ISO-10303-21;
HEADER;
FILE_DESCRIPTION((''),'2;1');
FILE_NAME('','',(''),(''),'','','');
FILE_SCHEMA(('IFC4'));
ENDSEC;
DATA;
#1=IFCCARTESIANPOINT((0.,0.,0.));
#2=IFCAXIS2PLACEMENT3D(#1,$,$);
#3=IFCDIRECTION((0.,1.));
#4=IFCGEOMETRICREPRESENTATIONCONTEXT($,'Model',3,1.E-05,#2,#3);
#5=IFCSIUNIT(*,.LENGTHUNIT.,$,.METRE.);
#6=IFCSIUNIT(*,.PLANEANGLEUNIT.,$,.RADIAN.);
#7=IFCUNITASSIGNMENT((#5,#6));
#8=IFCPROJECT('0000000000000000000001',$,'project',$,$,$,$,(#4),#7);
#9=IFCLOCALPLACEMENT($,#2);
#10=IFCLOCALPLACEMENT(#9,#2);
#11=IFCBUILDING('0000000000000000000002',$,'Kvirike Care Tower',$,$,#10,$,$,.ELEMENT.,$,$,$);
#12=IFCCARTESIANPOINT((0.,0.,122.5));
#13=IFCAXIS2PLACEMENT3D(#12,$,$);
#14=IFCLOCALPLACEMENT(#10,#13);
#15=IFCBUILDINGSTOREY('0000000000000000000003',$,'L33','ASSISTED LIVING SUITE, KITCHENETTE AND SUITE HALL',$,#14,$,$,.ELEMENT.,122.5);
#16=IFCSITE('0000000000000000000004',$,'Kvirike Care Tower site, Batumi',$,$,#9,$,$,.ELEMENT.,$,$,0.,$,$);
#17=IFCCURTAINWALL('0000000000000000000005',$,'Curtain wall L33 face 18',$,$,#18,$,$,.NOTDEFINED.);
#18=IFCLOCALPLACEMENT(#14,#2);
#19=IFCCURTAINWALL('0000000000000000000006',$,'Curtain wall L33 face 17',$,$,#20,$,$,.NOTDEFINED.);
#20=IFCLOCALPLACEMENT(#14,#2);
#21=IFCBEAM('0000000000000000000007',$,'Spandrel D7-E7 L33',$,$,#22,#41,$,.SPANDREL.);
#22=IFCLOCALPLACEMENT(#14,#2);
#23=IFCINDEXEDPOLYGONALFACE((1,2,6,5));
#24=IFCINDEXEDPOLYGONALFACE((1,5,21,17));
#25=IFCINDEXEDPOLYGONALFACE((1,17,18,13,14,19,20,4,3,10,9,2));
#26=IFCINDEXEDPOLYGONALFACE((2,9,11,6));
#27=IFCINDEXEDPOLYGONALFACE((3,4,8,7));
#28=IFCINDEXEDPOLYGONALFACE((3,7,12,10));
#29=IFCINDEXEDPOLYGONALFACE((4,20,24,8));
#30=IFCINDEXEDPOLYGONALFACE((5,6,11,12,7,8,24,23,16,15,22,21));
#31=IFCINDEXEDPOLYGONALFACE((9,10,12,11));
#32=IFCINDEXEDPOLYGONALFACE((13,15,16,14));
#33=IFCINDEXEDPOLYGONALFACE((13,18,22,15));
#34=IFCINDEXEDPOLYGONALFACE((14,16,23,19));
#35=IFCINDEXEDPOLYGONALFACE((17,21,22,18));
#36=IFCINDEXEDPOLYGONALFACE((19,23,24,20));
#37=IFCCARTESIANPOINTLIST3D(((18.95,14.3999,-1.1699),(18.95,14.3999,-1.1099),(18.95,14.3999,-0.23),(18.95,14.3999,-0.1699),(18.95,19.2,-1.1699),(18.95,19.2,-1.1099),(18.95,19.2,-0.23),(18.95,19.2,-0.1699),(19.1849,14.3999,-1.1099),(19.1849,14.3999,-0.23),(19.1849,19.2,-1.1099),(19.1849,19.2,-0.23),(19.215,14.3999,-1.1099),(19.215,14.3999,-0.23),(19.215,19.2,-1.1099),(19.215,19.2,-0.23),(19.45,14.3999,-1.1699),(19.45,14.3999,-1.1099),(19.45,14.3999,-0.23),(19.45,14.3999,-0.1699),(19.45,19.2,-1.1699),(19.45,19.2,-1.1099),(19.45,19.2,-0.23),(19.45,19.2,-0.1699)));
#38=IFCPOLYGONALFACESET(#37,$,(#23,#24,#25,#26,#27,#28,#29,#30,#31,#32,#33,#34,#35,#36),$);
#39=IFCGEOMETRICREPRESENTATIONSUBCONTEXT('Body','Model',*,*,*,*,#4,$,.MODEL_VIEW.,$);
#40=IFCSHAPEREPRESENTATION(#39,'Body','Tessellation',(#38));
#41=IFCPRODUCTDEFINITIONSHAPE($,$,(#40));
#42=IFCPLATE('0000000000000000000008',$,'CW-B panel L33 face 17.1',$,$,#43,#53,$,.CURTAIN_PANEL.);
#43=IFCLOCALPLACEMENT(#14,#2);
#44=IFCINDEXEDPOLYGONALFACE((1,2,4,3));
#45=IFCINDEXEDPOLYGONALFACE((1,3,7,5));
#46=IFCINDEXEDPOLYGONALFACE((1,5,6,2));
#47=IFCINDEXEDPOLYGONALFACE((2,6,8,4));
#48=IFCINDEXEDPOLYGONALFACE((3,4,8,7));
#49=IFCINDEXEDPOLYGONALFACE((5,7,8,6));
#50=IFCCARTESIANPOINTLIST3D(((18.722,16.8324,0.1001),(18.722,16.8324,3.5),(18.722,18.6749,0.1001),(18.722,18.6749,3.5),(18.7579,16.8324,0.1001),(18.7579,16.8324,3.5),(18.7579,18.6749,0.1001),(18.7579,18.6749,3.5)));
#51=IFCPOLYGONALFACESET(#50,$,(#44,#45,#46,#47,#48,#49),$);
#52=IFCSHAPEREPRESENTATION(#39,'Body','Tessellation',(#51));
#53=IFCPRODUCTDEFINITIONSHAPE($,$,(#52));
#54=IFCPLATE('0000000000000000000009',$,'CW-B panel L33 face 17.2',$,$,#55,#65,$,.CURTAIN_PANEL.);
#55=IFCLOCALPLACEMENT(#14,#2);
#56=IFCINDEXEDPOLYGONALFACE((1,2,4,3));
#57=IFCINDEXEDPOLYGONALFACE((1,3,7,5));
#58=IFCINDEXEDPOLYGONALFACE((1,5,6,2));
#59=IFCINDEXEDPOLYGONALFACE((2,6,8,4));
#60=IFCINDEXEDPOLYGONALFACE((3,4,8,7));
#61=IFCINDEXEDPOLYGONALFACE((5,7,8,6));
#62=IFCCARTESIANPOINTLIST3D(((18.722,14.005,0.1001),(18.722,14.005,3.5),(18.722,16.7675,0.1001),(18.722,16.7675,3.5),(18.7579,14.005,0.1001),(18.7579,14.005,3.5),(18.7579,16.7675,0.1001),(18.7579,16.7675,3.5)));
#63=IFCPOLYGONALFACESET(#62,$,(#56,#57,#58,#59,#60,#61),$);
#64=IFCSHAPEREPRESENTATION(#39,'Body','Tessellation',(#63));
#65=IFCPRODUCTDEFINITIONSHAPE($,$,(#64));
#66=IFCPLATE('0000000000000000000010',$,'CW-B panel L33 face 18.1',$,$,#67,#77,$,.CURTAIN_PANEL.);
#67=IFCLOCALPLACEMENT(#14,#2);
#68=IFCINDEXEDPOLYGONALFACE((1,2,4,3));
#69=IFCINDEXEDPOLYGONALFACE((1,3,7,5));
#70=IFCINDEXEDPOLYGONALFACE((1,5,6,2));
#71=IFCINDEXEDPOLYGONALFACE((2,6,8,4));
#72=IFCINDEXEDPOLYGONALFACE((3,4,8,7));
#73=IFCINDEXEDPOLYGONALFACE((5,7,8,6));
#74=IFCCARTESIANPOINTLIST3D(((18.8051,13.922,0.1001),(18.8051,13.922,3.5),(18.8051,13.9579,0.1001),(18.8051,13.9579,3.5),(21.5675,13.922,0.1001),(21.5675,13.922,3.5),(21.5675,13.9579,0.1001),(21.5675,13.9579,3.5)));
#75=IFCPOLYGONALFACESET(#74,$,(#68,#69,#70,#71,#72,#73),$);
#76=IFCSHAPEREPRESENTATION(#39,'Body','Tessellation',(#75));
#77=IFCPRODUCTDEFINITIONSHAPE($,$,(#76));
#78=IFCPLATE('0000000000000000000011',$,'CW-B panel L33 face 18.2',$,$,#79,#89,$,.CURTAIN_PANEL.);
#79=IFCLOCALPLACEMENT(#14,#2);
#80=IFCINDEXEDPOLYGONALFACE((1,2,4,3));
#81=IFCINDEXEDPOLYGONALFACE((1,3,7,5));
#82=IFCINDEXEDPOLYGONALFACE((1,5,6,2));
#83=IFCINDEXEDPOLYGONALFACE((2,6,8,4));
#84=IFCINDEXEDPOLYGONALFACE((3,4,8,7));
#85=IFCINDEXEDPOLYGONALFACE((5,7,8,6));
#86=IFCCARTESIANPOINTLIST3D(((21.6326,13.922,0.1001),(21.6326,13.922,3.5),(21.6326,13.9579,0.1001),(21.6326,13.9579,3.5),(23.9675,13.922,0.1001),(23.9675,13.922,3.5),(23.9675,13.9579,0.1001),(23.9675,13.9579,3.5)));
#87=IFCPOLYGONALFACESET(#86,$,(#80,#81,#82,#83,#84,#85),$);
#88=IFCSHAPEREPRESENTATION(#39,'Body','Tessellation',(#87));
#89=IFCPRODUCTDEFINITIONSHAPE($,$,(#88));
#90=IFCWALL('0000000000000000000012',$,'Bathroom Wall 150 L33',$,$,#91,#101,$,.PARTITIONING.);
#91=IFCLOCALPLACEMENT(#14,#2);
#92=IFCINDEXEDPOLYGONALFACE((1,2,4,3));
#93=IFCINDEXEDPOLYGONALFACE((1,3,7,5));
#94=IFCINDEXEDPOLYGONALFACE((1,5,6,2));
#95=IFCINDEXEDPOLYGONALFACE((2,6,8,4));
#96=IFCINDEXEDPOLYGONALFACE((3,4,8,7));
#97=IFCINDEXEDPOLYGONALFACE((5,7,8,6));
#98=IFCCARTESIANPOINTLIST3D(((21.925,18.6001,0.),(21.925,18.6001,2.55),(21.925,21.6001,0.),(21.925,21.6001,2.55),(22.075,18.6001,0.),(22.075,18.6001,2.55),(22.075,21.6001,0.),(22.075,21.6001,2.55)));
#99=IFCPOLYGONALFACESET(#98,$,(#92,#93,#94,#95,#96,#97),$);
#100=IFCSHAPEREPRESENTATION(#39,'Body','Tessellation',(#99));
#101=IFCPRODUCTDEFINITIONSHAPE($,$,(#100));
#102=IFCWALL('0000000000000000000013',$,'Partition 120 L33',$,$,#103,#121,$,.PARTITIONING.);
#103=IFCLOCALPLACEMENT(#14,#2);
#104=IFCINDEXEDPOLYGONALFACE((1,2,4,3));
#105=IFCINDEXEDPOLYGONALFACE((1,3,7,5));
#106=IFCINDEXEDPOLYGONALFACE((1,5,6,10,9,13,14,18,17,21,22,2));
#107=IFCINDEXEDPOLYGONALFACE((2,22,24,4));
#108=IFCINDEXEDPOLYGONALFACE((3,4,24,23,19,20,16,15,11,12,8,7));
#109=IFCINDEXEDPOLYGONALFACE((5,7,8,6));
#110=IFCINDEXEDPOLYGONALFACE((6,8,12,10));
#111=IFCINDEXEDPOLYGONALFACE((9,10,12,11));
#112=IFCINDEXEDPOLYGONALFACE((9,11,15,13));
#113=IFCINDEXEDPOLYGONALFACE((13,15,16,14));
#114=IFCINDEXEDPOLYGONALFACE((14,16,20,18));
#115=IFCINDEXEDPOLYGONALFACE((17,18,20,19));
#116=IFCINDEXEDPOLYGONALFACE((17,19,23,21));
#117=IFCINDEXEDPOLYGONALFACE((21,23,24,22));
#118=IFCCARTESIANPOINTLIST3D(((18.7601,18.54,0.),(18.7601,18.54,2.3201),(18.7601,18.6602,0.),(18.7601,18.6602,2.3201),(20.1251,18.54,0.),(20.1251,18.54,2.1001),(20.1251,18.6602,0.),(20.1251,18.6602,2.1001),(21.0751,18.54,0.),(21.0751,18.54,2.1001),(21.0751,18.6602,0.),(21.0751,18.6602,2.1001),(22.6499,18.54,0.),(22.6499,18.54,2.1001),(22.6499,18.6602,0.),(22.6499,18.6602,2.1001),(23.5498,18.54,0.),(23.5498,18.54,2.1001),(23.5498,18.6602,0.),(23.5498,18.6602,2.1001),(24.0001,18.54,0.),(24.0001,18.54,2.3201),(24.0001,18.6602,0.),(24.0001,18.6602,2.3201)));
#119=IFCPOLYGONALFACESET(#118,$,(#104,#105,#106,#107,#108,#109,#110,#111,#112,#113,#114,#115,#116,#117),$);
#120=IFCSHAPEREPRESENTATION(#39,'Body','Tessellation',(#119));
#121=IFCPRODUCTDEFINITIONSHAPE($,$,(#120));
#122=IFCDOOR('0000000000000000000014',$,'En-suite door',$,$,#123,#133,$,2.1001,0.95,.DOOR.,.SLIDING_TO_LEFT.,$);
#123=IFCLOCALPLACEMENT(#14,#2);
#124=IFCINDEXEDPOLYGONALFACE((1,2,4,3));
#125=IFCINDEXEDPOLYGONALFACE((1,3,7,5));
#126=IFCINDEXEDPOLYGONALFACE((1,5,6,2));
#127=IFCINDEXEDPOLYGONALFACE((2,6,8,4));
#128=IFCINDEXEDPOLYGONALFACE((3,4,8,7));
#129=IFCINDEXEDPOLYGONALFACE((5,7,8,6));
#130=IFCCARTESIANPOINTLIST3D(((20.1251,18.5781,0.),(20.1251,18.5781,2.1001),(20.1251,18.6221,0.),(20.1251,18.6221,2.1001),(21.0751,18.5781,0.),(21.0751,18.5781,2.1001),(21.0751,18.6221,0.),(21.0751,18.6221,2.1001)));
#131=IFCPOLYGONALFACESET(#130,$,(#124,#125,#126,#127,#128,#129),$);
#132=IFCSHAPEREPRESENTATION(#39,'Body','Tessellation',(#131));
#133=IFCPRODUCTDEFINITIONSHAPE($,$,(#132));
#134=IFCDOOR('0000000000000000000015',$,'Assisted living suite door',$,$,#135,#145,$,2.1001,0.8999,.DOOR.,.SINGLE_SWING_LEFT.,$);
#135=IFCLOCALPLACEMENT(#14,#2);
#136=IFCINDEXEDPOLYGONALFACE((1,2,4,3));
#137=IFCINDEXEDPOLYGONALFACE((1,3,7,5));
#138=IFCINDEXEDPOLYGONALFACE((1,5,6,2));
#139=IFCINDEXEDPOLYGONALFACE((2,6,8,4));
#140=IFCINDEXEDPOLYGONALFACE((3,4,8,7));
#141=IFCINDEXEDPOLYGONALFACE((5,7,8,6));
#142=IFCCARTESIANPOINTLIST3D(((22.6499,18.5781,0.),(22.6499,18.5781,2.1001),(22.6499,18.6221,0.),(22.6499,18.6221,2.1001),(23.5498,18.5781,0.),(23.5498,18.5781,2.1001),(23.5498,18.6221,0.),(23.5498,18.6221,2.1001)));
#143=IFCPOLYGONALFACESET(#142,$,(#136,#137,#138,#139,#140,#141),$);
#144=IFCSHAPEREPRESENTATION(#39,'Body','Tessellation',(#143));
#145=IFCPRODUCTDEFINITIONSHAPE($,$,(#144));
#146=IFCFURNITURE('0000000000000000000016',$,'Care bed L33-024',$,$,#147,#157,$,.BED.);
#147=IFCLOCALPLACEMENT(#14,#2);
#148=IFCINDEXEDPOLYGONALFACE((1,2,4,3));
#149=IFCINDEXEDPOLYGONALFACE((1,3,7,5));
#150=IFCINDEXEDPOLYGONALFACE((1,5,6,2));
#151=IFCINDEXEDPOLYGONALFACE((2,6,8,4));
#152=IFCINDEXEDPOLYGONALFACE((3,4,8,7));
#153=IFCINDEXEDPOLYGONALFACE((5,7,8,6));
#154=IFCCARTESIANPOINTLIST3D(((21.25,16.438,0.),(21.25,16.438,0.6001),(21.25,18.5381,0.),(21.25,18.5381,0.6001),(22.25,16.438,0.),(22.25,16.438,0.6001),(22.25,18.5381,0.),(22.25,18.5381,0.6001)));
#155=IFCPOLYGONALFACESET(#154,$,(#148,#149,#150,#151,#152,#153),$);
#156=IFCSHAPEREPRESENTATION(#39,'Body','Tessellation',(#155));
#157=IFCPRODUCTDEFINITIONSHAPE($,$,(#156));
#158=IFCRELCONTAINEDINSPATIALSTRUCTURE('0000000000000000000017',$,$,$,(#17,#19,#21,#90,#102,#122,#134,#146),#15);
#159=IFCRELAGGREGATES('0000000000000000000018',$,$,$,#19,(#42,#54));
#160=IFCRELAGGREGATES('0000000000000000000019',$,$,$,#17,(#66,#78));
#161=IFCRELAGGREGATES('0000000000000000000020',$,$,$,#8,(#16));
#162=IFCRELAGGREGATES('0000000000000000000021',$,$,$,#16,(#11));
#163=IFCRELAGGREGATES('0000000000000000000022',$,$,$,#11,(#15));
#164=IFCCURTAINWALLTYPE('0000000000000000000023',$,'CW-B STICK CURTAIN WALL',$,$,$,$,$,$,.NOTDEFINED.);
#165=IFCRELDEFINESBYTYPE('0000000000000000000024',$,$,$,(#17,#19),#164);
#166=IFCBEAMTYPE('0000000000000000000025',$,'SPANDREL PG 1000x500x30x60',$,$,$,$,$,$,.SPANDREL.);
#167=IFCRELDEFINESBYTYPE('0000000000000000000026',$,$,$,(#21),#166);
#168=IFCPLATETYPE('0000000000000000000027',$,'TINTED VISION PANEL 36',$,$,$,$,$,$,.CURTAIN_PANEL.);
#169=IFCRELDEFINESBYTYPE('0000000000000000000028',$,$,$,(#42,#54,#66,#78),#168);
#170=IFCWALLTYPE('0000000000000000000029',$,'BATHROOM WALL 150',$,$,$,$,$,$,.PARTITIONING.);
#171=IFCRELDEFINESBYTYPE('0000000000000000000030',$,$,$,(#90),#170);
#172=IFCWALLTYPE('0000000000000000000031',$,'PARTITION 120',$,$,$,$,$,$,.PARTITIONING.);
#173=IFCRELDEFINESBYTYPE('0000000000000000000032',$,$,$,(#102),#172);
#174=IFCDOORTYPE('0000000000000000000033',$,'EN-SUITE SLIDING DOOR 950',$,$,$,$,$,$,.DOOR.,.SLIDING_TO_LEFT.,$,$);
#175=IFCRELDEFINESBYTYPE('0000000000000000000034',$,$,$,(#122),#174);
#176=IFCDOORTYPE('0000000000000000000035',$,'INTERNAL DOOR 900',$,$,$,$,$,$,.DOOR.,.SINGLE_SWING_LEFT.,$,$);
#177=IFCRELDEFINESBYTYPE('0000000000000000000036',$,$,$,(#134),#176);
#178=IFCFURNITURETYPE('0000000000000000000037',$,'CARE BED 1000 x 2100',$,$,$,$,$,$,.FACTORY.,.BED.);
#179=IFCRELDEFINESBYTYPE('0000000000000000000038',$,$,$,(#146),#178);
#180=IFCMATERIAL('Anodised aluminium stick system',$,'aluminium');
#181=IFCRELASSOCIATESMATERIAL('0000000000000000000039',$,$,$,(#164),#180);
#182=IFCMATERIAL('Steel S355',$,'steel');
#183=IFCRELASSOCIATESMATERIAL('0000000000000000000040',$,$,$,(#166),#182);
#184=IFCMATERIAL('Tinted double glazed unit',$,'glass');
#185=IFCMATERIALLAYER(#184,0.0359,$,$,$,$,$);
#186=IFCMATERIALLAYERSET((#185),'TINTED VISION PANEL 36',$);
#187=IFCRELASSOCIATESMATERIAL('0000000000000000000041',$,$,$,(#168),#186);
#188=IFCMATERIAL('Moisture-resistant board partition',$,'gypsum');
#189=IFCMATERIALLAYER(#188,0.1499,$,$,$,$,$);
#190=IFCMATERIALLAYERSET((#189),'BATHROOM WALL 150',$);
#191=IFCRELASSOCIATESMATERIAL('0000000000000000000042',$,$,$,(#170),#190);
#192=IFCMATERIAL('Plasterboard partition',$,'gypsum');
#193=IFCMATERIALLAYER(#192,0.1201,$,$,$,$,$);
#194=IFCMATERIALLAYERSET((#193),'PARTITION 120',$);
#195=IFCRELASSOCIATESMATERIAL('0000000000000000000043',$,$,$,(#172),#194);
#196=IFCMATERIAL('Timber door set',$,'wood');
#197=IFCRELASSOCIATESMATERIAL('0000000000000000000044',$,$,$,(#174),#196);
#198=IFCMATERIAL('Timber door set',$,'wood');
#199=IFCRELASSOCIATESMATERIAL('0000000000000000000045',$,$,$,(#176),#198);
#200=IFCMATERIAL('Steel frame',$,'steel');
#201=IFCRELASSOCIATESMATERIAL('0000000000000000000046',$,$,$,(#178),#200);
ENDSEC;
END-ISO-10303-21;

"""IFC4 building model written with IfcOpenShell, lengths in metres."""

from ifc_helpers import new_model, si_unit, direction, frame, frame_2d, origin, origin_2d, place, context, subcontext, project, spatial, rectangle, i_section, extrude, material, layer, layer_set, material_profile, profile_set, type_object, element, fill, aggregate, save


model = new_model("IFC4")

# Units and contexts
model_context = context("Model", 3, precision=1e-05, world=origin(), true_north=direction((0.0, 1.0)))
body_context = subcontext(model_context, "Body", "Model", "MODEL_VIEW")
ifc_project = project(units=[si_unit("LENGTHUNIT", "METRE"), si_unit("PLANEANGLEUNIT", "RADIAN")], contexts=[model_context])

# Site, building, storey
site_placement = place(None, origin())
site = spatial("IfcSite", under=ifc_project, at=site_placement, Name="Kvirike Care Tower site, Batumi", CompositionType="ELEMENT", RefElevation=0.0)
building_placement = place(site_placement, origin())
building = spatial("IfcBuilding", under=site, at=building_placement, Name="Kvirike Care Tower", CompositionType="ELEMENT")
storey_placement = place(building_placement, frame((0.0, 0.0, 122.5)))
storey = spatial("IfcBuildingStorey", under=building, at=storey_placement, Name="L33", Description="ASSISTED LIVING SUITE, KITCHENETTE AND SUITE HALL", CompositionType="ELEMENT", Elevation=122.5)

# Curtain wall
ifc_material_1 = material(Name="Anodised aluminium stick system", Category="aluminium")
curtain_wall_type = type_object("IfcCurtainWallType", Name="CW-B STICK CURTAIN WALL", PredefinedType="NOTDEFINED", material=ifc_material_1)
curtain_wall_1_placement = place(storey_placement, origin())
curtain_wall_1 = element("IfcCurtainWall", 1, at=curtain_wall_1_placement, inside=storey, type_object=curtain_wall_type, Name="Curtain wall L33 face 18", PredefinedType="NOTDEFINED")

# Curtain wall
curtain_wall_2_placement = place(storey_placement, origin())
curtain_wall_2 = element("IfcCurtainWall", 2, at=curtain_wall_2_placement, inside=storey, type_object=curtain_wall_type, Name="Curtain wall L33 face 17", PredefinedType="NOTDEFINED")

# Beam
ifc_material_2 = material(Name="Steel S355", Category="steel")
ifc_material_profile_1 = material_profile(ifc_material_2, i_section(OverallWidth=0.5, OverallDepth=1.0, WebThickness=0.03, FlangeThickness=0.0601, at=origin_2d()), Name="PG 1000x500x30x60")
ifc_profile_set_1 = profile_set([ifc_material_profile_1], Name="Steel S355")
beam_type = type_object("IfcBeamType", Name="SPANDREL PG 1000x500x30x60", PredefinedType="SPANDREL", material=ifc_profile_set_1)
for number, where, z_axis, x_axis, name in (
    (3, (19.2, 14.3999, -0.6699), (0.0, 1.0, 0.0), (-1.0, 0.0, 0.0), "Spandrel D7-E7 L33"),
):
    element("IfcBeam", number, at=place(storey_placement, frame(where, z_axis=z_axis, x_axis=x_axis)), inside=storey, type_object=beam_type, Name=name, PredefinedType="SPANDREL", context=body_context, shape_type="SweptSolid", body=[
        extrude(i_section(OverallWidth=0.5, OverallDepth=1.0, WebThickness=0.03, FlangeThickness=0.0601, at=origin_2d()), origin(), (0.0, 0.0, 1.0), 4.8),
    ])

# Plates
ifc_material_3 = material(Name="Tinted double glazed unit", Category="glass")
ifc_layer_1 = layer(ifc_material_3, 0.0359)
ifc_layer_set_1 = layer_set([ifc_layer_1], Name="TINTED VISION PANEL 36")
plate_type = type_object("IfcPlateType", Name="TINTED VISION PANEL 36", PredefinedType="CURTAIN_PANEL", material=ifc_layer_set_1)
plate_1_placement = place(storey_placement, frame((18.74, 17.7537, 0.1001), z_axis=(0.0, 0.0, 1.0), x_axis=(0.0, -1.0, 0.0)))
plate_1 = element("IfcPlate", 4, at=plate_1_placement, type_object=plate_type, Name="CW-B panel L33 face 17.1", PredefinedType="CURTAIN_PANEL", context=body_context, shape_type="SweptSolid", body=[
    extrude(rectangle(XDim=1.8425, YDim=0.0359, at=origin_2d()), origin(), (0.0, 0.0, 1.0), 3.3999),
])
plate_2_placement = place(storey_placement, frame((18.74, 15.3862, 0.1001), z_axis=(0.0, 0.0, 1.0), x_axis=(0.0, -1.0, 0.0)))
plate_2 = element("IfcPlate", 5, at=plate_2_placement, type_object=plate_type, Name="CW-B panel L33 face 17.2", PredefinedType="CURTAIN_PANEL", context=body_context, shape_type="SweptSolid", body=[
    extrude(rectangle(XDim=2.7625, YDim=0.0359, at=origin_2d()), origin(), (0.0, 0.0, 1.0), 3.3999),
])
aggregate(curtain_wall_2, [plate_1, plate_2])
plate_3_placement = place(storey_placement, frame((20.1863, 13.9399, 0.1001), z_axis=(0.0, 0.0, 1.0), x_axis=(1.0, 0.0, 0.0)))
plate_3 = element("IfcPlate", 6, at=plate_3_placement, type_object=plate_type, Name="CW-B panel L33 face 18.1", PredefinedType="CURTAIN_PANEL", context=body_context, shape_type="SweptSolid", body=[
    extrude(rectangle(XDim=2.7625, YDim=0.0359, at=origin_2d()), origin(), (0.0, 0.0, 1.0), 3.3999),
])
plate_4_placement = place(storey_placement, frame((22.8, 13.9399, 0.1001), z_axis=(0.0, 0.0, 1.0), x_axis=(1.0, 0.0, 0.0)))
plate_4 = element("IfcPlate", 7, at=plate_4_placement, type_object=plate_type, Name="CW-B panel L33 face 18.2", PredefinedType="CURTAIN_PANEL", context=body_context, shape_type="SweptSolid", body=[
    extrude(rectangle(XDim=2.335, YDim=0.0359, at=origin_2d()), origin(), (0.0, 0.0, 1.0), 3.3999),
])
aggregate(curtain_wall_1, [plate_3, plate_4])

# Wall
ifc_material_4 = material(Name="Moisture-resistant board partition", Category="gypsum")
ifc_layer_2 = layer(ifc_material_4, 0.1499)
ifc_layer_set_2 = layer_set([ifc_layer_2], Name="BATHROOM WALL 150")
wall_type_1 = type_object("IfcWallType", Name="BATHROOM WALL 150", PredefinedType="PARTITIONING", material=ifc_layer_set_2)
wall_1_placement = place(storey_placement, frame((22.0, 18.6001, 0.0), z_axis=(0.0, 0.0, 1.0), x_axis=(0.0, 1.0, 0.0)))
element("IfcWall", 8, at=wall_1_placement, inside=storey, type_object=wall_type_1, Name="Bathroom Wall 150 L33", PredefinedType="PARTITIONING", context=body_context, shape_type="SweptSolid", body=[
    extrude(rectangle(XDim=3.0, YDim=0.1499, at=frame_2d((1.5, 0.0))), origin(), (0.0, 0.0, 1.0), 2.55),
])

# Wall, openings, doors
ifc_material_5 = material(Name="Plasterboard partition", Category="gypsum")
ifc_layer_3 = layer(ifc_material_5, 0.1201)
ifc_layer_set_3 = layer_set([ifc_layer_3], Name="PARTITION 120")
wall_type_2 = type_object("IfcWallType", Name="PARTITION 120", PredefinedType="PARTITIONING", material=ifc_layer_set_3)
wall_2_placement = place(storey_placement, frame((18.76, 18.6001, 0.0), z_axis=(0.0, 0.0, 1.0), x_axis=(1.0, 0.0, 0.0)))
wall_2 = element("IfcWall", 9, at=wall_2_placement, inside=storey, type_object=wall_type_2, Name="Partition 120 L33", PredefinedType="PARTITIONING", context=body_context, shape_type="SweptSolid", body=[
    extrude(rectangle(XDim=5.24, YDim=0.1201, at=frame_2d((2.6201, 0.0))), origin(), (0.0, 0.0, 1.0), 2.3201),
])
opening_1_placement = place(wall_2_placement, frame((3.8899, 0.0, 0.0)))
opening_1 = element("IfcOpeningElement", 10, at=opening_1_placement, cuts=wall_2, PredefinedType="OPENING", context=body_context, shape_type="SweptSolid", body=[
    extrude(rectangle(XDim=0.8999, YDim=2.1001, at=frame_2d((0.45, 1.05))), frame((0.0, 0.0706, 0.0), z_axis=(0.0, -1.0, 0.0), x_axis=(1.0, 0.0, 0.0)), (0.0, 0.0, 1.0), 0.1411),
])
opening_2_placement = place(wall_2_placement, frame((1.365, 0.0, 0.0)))
opening_2 = element("IfcOpeningElement", 11, at=opening_2_placement, cuts=wall_2, PredefinedType="OPENING", context=body_context, shape_type="SweptSolid", body=[
    extrude(rectangle(XDim=0.95, YDim=2.1001, at=frame_2d((0.4751, 1.05))), frame((0.0, 0.0706, 0.0), z_axis=(0.0, -1.0, 0.0), x_axis=(1.0, 0.0, 0.0)), (0.0, 0.0, 1.0), 0.1411),
])
ifc_material_6 = material(Name="Timber door set", Category="wood")
door_type_1 = type_object("IfcDoorType", Name="EN-SUITE SLIDING DOOR 950", OperationType="SLIDING_TO_LEFT", PredefinedType="DOOR", material=ifc_material_6)
door_1_placement = place(opening_2_placement, origin())
door_1 = element("IfcDoor", 12, at=door_1_placement, inside=storey, type_object=door_type_1, Name="En-suite door", OperationType="SLIDING_TO_LEFT", OverallHeight=2.1001, OverallWidth=0.95, PredefinedType="DOOR", context=body_context, shape_type="SweptSolid", body=[
    extrude(rectangle(XDim=0.95, YDim=2.1001, at=frame_2d((0.4751, 1.05))), frame((0.0, 0.022, 0.0), z_axis=(0.0, -1.0, 0.0), x_axis=(1.0, 0.0, 0.0)), (0.0, 0.0, 1.0), 0.0439),
])
fill(opening_2, door_1)
ifc_material_7 = material(Name="Timber door set", Category="wood")
door_type_2 = type_object("IfcDoorType", Name="INTERNAL DOOR 900", OperationType="SINGLE_SWING_LEFT", PredefinedType="DOOR", material=ifc_material_7)
door_2_placement = place(opening_1_placement, frame((0.8999, 0.0, 0.0), z_axis=(0.0, 0.0, 1.0), x_axis=(-1.0, 0.0, 0.0)))
door_2 = element("IfcDoor", 13, at=door_2_placement, inside=storey, type_object=door_type_2, Name="Assisted living suite door", OperationType="SINGLE_SWING_LEFT", OverallHeight=2.1001, OverallWidth=0.8999, PredefinedType="DOOR", context=body_context, shape_type="SweptSolid", body=[
    extrude(rectangle(XDim=0.8999, YDim=2.1001, at=frame_2d((0.45, 1.05))), frame((0.0, 0.022, 0.0), z_axis=(0.0, -1.0, 0.0), x_axis=(1.0, 0.0, 0.0)), (0.0, 0.0, 1.0), 0.0439),
])
fill(opening_1, door_2)

# Furniture
ifc_material_8 = material(Name="Steel frame", Category="steel")
furniture_type = type_object("IfcFurnitureType", Name="CARE BED 1000 x 2100", AssemblyPlace="FACTORY", PredefinedType="BED", material=ifc_material_8)
furniture_placement = place(storey_placement, frame((21.75, 17.488, 0.0), z_axis=(0.0, 0.0, 1.0), x_axis=(1.0, 0.0, 0.0)))
element("IfcFurniture", 14, at=furniture_placement, inside=storey, type_object=furniture_type, Name="Care bed L33-024", PredefinedType="BED", context=body_context, shape_type="SweptSolid", body=[
    extrude(rectangle(XDim=1.0, YDim=2.1001, at=origin_2d()), origin(), (0.0, 0.0, 1.0), 0.6001),
])

save(model, "model.ifc")
